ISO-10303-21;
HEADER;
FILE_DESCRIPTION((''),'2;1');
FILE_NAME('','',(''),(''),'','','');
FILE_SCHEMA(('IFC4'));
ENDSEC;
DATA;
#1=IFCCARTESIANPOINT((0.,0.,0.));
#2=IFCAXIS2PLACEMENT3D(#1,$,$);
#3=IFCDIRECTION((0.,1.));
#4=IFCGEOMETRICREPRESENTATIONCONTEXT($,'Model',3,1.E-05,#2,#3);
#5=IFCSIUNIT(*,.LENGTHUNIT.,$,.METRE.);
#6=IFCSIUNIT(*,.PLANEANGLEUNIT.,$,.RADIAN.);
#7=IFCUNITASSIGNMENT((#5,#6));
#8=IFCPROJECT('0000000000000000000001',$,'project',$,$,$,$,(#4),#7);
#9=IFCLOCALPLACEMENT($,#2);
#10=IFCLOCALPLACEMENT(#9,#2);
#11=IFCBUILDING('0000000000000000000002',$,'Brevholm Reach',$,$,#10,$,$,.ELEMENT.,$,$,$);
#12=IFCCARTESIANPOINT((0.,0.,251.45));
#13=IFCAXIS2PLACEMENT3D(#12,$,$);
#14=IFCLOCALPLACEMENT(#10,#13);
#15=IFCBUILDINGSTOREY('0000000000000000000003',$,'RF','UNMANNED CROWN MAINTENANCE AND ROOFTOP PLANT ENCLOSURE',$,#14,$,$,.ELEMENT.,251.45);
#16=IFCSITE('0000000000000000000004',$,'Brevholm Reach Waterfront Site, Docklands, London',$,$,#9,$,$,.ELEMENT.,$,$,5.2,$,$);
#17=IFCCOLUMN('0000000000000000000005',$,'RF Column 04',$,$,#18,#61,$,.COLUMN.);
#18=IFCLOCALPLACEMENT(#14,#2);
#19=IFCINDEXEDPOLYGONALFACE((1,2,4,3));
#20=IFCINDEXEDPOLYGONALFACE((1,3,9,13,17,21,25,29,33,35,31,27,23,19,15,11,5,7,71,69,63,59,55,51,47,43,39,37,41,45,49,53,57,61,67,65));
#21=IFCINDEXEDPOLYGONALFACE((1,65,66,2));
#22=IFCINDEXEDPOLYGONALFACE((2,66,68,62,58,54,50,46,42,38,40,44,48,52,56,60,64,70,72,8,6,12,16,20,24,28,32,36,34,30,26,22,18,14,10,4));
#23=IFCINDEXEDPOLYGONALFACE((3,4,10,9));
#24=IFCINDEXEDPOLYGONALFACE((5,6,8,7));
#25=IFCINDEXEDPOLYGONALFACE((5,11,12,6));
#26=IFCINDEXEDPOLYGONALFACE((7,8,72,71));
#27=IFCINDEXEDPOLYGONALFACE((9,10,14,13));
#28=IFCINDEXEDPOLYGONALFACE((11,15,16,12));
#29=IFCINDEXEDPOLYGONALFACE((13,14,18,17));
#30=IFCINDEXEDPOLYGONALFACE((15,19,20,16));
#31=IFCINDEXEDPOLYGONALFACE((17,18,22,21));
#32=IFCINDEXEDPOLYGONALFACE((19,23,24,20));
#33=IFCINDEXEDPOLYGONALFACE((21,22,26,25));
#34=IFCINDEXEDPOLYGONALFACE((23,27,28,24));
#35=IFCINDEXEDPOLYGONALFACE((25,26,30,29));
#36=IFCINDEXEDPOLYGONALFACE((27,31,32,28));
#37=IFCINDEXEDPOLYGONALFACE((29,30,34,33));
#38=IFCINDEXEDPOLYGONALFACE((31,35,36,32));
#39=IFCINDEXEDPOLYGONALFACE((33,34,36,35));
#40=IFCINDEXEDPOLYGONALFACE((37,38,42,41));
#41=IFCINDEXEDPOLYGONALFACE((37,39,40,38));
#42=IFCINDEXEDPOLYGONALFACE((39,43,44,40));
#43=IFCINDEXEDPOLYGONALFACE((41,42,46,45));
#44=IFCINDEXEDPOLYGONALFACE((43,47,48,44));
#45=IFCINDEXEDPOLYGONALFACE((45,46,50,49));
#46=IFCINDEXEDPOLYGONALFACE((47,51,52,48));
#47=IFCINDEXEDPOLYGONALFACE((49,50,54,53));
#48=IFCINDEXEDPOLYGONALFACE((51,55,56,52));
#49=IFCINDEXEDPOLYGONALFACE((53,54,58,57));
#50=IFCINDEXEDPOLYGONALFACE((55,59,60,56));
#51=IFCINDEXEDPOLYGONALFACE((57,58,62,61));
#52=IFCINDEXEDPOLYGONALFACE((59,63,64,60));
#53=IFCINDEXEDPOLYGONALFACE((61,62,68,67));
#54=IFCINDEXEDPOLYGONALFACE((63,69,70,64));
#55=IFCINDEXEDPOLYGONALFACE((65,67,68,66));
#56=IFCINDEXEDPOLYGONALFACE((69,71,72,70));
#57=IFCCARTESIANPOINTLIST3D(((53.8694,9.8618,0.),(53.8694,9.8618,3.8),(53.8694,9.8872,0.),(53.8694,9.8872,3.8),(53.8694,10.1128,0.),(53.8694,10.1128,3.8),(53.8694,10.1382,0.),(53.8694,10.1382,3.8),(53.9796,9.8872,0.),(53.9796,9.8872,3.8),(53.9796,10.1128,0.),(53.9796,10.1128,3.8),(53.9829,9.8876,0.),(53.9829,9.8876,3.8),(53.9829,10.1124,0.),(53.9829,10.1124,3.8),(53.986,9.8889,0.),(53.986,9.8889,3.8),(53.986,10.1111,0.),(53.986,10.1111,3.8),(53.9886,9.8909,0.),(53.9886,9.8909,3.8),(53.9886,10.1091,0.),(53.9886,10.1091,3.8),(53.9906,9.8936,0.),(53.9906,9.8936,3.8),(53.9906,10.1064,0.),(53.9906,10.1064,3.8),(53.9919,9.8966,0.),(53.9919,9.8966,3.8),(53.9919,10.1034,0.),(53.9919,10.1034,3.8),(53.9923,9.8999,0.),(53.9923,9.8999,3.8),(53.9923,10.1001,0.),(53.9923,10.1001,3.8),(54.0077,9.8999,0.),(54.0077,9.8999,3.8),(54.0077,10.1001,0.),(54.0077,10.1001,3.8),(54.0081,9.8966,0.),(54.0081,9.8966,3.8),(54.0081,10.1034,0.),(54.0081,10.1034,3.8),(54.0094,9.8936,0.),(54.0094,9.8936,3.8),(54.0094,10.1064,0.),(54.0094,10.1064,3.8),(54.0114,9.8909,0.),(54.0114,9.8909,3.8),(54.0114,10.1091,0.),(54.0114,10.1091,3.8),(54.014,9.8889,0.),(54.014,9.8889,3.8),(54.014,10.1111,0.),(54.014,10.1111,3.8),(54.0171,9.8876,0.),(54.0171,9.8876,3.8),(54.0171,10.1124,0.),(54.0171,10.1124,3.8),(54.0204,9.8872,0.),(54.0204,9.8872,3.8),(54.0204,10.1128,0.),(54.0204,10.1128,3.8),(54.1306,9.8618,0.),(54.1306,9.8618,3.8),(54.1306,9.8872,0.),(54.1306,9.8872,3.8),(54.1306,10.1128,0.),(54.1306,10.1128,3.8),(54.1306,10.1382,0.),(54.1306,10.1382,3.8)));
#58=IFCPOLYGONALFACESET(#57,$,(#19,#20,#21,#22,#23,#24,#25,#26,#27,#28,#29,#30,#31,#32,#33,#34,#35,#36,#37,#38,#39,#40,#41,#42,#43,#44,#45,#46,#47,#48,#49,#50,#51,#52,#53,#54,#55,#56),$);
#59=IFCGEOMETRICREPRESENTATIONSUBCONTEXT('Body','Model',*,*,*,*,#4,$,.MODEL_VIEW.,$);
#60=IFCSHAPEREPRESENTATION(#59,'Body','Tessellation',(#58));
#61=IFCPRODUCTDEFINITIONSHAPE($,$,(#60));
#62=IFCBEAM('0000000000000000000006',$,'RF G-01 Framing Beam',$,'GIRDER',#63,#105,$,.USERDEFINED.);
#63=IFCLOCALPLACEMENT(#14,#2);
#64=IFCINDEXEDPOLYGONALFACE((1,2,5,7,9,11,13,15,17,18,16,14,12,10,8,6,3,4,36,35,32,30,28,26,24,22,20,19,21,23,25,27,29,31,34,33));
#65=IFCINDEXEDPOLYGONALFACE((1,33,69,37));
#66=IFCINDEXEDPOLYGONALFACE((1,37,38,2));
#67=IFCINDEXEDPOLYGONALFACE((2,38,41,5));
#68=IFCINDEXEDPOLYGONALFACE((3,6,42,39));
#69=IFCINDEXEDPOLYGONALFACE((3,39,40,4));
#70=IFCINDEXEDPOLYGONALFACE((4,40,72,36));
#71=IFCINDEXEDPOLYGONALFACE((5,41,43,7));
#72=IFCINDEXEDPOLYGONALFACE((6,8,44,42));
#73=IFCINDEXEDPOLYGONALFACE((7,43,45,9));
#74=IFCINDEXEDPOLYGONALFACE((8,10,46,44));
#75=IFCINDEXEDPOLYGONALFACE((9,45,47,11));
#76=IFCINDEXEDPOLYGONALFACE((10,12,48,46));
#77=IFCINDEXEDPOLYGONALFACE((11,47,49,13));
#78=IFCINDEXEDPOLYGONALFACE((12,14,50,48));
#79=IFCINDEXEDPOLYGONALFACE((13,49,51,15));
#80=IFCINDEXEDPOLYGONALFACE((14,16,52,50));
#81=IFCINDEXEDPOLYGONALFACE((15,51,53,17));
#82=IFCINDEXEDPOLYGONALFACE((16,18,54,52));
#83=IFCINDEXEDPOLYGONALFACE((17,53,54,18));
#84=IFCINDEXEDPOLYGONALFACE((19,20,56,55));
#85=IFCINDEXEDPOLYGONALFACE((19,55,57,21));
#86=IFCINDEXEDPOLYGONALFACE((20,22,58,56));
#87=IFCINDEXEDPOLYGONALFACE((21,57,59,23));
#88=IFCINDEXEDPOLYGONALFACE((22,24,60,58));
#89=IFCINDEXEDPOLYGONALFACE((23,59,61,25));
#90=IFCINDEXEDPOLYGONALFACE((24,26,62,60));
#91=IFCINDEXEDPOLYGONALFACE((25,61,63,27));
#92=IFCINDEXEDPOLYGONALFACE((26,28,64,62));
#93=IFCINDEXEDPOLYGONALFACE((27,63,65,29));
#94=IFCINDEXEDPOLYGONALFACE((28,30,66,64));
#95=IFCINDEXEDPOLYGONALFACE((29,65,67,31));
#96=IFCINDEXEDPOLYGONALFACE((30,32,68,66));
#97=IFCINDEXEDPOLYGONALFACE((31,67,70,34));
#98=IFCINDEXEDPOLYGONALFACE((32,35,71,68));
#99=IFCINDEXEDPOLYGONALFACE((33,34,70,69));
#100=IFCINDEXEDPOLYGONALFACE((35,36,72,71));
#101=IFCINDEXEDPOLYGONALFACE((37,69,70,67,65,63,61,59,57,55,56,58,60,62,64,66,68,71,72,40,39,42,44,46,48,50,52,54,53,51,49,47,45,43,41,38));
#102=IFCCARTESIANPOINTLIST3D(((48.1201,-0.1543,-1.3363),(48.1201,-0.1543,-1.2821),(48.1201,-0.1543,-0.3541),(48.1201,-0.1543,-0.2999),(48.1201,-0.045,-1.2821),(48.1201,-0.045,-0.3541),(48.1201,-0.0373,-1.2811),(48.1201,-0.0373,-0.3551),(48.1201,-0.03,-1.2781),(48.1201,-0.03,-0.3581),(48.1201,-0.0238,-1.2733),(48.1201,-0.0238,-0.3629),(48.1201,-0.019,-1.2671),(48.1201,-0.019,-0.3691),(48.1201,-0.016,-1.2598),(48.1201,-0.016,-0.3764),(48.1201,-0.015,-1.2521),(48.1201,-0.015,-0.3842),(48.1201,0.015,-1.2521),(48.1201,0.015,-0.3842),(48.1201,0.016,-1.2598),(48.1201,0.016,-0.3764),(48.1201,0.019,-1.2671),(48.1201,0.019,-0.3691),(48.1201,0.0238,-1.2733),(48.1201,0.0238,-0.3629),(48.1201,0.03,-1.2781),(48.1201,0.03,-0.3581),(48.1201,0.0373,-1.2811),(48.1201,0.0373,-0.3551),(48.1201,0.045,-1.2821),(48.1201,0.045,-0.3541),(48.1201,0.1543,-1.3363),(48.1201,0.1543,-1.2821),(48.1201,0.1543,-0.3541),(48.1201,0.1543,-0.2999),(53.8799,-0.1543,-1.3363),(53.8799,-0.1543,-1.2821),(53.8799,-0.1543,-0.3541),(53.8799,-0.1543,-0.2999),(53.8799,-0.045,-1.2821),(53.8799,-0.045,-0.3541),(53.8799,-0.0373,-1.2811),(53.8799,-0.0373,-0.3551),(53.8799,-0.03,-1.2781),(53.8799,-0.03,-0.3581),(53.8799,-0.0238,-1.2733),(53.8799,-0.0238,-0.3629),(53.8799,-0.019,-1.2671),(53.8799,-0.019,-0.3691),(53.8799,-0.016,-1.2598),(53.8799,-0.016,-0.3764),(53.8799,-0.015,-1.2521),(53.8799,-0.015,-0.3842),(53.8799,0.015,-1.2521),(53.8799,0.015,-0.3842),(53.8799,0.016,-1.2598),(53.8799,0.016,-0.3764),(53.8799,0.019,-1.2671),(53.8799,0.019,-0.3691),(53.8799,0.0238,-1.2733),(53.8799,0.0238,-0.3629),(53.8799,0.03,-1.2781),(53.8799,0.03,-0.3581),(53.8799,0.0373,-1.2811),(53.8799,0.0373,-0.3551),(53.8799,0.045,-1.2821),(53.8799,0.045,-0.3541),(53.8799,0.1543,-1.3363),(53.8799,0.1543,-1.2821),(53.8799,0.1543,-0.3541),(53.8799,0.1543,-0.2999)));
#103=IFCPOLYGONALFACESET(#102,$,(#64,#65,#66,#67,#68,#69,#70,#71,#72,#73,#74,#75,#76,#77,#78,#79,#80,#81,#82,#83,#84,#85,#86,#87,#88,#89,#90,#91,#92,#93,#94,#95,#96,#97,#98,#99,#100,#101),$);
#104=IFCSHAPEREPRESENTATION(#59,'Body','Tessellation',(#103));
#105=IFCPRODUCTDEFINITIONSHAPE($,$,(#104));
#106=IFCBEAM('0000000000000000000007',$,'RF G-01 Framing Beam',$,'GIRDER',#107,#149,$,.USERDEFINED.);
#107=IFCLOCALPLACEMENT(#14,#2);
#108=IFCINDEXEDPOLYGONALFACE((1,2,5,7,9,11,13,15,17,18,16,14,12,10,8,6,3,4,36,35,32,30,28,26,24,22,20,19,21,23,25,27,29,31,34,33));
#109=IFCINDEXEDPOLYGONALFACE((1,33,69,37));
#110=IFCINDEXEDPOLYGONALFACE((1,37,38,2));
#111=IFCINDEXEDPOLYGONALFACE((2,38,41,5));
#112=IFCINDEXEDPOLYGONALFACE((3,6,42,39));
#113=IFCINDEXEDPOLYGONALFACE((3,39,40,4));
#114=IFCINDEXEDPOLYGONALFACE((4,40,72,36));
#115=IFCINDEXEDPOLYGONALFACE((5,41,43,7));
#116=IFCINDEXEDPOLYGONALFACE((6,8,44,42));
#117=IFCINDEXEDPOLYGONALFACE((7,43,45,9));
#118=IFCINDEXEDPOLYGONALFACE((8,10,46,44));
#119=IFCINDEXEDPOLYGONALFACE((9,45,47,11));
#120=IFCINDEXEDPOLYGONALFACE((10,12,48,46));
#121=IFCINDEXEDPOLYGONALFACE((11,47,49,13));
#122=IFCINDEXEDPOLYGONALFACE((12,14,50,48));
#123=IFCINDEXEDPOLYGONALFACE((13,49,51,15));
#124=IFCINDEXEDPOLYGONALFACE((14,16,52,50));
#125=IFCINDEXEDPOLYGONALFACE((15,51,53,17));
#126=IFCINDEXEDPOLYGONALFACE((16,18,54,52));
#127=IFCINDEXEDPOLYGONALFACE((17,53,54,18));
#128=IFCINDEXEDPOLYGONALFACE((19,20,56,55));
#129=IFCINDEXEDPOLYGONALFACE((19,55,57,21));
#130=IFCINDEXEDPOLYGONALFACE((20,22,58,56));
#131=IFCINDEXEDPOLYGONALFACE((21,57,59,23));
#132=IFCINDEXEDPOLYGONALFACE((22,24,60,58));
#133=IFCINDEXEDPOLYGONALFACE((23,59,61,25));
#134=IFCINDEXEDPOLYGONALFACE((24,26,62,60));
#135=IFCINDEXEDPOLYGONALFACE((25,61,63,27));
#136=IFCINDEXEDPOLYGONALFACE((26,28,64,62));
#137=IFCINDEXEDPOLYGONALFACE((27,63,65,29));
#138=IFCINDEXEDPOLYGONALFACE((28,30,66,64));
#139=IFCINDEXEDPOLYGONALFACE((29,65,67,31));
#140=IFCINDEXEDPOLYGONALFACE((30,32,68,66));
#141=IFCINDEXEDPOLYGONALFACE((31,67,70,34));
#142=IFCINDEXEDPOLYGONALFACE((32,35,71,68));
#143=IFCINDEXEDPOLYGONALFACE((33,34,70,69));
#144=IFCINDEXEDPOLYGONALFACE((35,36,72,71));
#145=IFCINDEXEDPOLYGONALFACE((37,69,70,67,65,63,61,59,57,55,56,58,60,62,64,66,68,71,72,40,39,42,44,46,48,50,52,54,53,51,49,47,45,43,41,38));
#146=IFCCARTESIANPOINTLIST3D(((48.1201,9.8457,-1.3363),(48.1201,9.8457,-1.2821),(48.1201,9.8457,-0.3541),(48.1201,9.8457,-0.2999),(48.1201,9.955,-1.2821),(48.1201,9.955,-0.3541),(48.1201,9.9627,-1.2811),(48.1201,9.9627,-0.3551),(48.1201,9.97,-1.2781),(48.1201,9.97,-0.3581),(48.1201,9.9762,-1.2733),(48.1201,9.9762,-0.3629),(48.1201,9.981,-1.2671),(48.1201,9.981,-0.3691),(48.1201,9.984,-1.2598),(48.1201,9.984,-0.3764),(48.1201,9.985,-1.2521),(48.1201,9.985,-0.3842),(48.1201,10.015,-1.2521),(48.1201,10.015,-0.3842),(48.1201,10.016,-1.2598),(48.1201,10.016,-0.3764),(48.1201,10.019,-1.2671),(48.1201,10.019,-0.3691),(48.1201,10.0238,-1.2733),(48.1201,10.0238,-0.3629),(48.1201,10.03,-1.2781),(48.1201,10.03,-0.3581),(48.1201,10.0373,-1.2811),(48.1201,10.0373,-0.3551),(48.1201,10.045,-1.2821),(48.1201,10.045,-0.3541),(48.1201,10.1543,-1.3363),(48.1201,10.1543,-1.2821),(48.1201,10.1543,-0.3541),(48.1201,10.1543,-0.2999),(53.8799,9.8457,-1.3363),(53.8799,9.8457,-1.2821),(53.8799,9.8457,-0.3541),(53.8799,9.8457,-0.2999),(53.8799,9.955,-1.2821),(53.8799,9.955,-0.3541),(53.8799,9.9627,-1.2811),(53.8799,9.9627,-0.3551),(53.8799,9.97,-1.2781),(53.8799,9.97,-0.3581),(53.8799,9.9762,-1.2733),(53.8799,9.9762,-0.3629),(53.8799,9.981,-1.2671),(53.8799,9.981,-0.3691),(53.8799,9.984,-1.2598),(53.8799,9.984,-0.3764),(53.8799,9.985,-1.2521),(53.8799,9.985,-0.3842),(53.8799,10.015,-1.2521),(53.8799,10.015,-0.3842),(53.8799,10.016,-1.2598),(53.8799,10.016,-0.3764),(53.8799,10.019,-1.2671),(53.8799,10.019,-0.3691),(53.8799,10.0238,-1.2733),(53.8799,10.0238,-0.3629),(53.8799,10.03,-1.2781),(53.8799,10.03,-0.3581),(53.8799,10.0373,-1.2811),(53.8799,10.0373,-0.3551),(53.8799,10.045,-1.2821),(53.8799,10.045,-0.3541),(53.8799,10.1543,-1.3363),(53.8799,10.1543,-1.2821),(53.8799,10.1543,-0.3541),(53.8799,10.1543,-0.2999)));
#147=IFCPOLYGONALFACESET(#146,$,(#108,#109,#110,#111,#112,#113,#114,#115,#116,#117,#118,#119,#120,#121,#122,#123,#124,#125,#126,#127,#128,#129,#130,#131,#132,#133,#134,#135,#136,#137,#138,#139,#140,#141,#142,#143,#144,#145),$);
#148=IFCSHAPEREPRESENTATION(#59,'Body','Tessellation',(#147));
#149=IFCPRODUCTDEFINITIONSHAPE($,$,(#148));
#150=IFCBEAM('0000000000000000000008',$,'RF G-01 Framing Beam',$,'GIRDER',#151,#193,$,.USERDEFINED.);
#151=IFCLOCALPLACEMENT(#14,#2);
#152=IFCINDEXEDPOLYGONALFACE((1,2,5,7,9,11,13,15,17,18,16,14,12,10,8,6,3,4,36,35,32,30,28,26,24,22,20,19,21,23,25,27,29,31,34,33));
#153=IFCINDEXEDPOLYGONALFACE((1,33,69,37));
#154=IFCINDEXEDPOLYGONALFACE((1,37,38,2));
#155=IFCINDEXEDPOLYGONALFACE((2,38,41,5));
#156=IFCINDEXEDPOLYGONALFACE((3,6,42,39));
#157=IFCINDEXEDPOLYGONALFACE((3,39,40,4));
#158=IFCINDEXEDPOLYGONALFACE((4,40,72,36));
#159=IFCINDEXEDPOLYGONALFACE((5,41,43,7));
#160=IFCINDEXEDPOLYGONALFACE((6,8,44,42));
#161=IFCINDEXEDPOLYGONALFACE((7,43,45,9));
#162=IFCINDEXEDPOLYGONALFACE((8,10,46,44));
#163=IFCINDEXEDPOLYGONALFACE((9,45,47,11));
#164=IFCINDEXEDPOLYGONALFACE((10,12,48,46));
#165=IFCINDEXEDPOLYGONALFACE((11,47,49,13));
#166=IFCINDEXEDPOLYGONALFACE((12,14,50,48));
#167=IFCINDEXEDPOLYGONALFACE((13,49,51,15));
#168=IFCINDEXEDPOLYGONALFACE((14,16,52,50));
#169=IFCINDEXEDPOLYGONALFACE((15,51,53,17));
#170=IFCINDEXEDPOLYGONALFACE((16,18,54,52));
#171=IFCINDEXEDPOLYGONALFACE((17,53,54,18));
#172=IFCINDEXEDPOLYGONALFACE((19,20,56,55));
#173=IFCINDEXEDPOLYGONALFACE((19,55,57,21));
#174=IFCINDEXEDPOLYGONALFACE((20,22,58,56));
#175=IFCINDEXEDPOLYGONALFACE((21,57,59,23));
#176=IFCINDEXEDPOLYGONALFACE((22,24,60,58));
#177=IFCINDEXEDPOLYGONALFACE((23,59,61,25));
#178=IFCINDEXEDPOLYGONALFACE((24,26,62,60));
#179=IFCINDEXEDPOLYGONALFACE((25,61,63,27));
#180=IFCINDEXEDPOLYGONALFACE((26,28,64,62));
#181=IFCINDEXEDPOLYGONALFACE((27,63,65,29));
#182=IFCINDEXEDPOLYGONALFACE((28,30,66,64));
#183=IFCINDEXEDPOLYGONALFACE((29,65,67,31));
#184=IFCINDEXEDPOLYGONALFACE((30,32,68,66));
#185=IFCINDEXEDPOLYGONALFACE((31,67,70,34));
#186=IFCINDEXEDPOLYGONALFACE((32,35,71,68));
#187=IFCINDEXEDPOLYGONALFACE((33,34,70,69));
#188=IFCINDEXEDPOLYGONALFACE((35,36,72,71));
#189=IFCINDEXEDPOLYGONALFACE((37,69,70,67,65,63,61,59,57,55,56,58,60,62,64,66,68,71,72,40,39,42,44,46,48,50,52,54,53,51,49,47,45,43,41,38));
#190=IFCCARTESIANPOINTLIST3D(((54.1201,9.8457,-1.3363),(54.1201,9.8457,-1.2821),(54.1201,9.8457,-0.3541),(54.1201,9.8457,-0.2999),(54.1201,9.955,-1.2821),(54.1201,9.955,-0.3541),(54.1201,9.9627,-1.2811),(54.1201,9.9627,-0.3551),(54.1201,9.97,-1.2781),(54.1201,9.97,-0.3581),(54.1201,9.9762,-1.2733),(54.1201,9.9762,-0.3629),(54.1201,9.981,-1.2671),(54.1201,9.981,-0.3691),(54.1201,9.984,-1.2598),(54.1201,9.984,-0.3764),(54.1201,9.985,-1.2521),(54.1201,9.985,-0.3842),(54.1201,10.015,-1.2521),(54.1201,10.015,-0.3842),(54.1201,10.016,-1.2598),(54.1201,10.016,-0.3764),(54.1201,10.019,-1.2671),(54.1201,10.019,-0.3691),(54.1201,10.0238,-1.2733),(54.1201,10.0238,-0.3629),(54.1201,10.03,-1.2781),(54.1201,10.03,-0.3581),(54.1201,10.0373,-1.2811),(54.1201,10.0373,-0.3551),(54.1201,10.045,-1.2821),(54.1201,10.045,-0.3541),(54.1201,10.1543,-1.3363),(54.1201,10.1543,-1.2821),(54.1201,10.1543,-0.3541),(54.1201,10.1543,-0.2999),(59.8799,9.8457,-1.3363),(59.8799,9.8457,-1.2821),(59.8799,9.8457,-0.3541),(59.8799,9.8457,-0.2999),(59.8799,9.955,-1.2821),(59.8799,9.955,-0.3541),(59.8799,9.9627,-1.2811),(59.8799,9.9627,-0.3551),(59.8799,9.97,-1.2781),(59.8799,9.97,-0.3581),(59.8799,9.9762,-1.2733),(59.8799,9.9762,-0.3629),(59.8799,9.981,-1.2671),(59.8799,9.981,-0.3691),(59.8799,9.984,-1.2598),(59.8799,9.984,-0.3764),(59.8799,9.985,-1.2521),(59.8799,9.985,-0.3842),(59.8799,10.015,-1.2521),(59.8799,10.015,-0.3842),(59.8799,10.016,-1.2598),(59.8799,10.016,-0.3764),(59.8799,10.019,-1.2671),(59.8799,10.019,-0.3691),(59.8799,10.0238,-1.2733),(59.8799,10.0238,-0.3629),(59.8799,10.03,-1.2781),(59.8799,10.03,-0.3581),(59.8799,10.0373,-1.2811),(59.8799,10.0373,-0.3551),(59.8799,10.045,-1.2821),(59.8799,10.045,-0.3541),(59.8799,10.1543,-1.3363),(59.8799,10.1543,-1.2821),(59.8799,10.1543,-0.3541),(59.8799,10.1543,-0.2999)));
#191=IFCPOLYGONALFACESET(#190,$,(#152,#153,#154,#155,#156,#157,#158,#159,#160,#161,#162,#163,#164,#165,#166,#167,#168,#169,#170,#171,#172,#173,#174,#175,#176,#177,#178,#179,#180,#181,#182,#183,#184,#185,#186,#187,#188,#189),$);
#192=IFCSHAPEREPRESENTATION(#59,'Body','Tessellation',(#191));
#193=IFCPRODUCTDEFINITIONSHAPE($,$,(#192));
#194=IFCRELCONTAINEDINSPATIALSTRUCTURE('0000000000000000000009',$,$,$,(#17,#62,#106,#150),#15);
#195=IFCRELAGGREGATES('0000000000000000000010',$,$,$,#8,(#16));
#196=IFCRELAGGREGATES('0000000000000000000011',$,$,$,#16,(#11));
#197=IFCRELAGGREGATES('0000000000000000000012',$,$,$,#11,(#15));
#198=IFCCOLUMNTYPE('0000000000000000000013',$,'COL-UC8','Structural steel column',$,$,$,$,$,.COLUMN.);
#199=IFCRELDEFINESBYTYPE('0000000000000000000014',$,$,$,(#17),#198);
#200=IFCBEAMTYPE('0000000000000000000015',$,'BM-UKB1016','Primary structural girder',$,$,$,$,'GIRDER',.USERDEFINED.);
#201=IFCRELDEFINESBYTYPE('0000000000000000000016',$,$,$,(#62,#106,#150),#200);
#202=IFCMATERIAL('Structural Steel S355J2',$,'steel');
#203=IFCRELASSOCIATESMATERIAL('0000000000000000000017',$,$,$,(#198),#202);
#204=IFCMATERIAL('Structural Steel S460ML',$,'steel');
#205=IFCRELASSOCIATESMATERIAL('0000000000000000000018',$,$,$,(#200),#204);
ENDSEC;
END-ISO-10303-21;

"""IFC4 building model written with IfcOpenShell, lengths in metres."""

from ifc_helpers import new_model, si_unit, direction, frame, origin, origin_2d, place, context, subcontext, project, spatial, i_section, extrude, material, material_profile, profile_set, type_object, element, save


model = new_model("IFC4")

# Units and contexts
model_context = context("Model", 3, precision=1e-05, world=origin(), true_north=direction((0.0, 1.0)))
body_context = subcontext(model_context, "Body", "Model", "MODEL_VIEW")
ifc_project = project(units=[si_unit("LENGTHUNIT", "METRE"), si_unit("PLANEANGLEUNIT", "RADIAN")], contexts=[model_context])

# Site, building, storey
site_placement = place(None, origin())
site = spatial("IfcSite", under=ifc_project, at=site_placement, Name="Brevholm Reach Waterfront Site, Docklands, London", CompositionType="ELEMENT", RefElevation=5.2)
building_placement = place(site_placement, origin())
building = spatial("IfcBuilding", under=site, at=building_placement, Name="Brevholm Reach", CompositionType="ELEMENT")
storey_placement = place(building_placement, frame((0.0, 0.0, 251.45)))
storey = spatial("IfcBuildingStorey", under=building, at=storey_placement, Name="RF", Description="UNMANNED CROWN MAINTENANCE AND ROOFTOP PLANT ENCLOSURE", CompositionType="ELEMENT", Elevation=251.45)

# Column
ifc_material_1 = material(Name="Structural Steel S355J2", Category="steel")
ifc_material_profile_1 = material_profile(ifc_material_1, i_section(OverallWidth=0.2612, OverallDepth=0.2764, WebThickness=0.0154, FlangeThickness=0.0254, FilletRadius=0.0127, at=origin_2d()), Name="UKC 254x254x132")
ifc_profile_set_1 = profile_set([ifc_material_profile_1], Name="Structural Steel S355J2")
column_type = type_object("IfcColumnType", Name="COL-UC8", Description="Structural steel column", PredefinedType="COLUMN", material=ifc_profile_set_1)
column_placement = place(storey_placement, frame((54.0, 10.0, 0.0), z_axis=(0.0, 0.0, 1.0), x_axis=(1.0, 0.0, 0.0)))
element("IfcColumn", 1, at=column_placement, inside=storey, type_object=column_type, Name="RF Column 04", PredefinedType="COLUMN", context=body_context, shape_type="SweptSolid", body=[
    extrude(i_section(OverallWidth=0.2612, OverallDepth=0.2764, WebThickness=0.0154, FlangeThickness=0.0254, FilletRadius=0.0127, at=origin_2d()), origin(), (0.0, 0.0, 1.0), 3.8),
])

# Beams
ifc_material_2 = material(Name="Structural Steel S460ML", Category="steel")
ifc_material_profile_2 = material_profile(ifc_material_2, i_section(OverallWidth=0.3086, OverallDepth=1.0364, WebThickness=0.03, FlangeThickness=0.0542, FilletRadius=0.03, at=origin_2d()), Name="UKB 1016x305x487")
ifc_profile_set_2 = profile_set([ifc_material_profile_2], Name="Structural Steel S460ML")
beam_type = type_object("IfcBeamType", Name="BM-UKB1016", Description="Primary structural girder", ElementType="GIRDER", PredefinedType="USERDEFINED", material=ifc_profile_set_2)
for number, where, z_axis, x_axis, name in (
    (2, (48.1201, 0.0, -0.8181), (1.0, 0.0, 0.0), (0.0, 1.0, 0.0), "RF G-01 Framing Beam"),
    (3, (48.1201, 10.0, -0.8181), (1.0, 0.0, 0.0), (0.0, 1.0, 0.0), "RF G-01 Framing Beam"),
    (4, (54.1201, 10.0, -0.8181), (1.0, 0.0, 0.0), (0.0, 1.0, 0.0), "RF G-01 Framing Beam"),
):
    element("IfcBeam", number, at=place(storey_placement, frame(where, z_axis=z_axis, x_axis=x_axis)), inside=storey, type_object=beam_type, Name=name, ObjectType="GIRDER", PredefinedType="USERDEFINED", context=body_context, shape_type="SweptSolid", body=[
        extrude(i_section(OverallWidth=0.3086, OverallDepth=1.0364, WebThickness=0.03, FlangeThickness=0.0542, FilletRadius=0.03, at=origin_2d()), origin(), (0.0, 0.0, 1.0), 5.7598),
    ])

save(model, "model.ifc")
